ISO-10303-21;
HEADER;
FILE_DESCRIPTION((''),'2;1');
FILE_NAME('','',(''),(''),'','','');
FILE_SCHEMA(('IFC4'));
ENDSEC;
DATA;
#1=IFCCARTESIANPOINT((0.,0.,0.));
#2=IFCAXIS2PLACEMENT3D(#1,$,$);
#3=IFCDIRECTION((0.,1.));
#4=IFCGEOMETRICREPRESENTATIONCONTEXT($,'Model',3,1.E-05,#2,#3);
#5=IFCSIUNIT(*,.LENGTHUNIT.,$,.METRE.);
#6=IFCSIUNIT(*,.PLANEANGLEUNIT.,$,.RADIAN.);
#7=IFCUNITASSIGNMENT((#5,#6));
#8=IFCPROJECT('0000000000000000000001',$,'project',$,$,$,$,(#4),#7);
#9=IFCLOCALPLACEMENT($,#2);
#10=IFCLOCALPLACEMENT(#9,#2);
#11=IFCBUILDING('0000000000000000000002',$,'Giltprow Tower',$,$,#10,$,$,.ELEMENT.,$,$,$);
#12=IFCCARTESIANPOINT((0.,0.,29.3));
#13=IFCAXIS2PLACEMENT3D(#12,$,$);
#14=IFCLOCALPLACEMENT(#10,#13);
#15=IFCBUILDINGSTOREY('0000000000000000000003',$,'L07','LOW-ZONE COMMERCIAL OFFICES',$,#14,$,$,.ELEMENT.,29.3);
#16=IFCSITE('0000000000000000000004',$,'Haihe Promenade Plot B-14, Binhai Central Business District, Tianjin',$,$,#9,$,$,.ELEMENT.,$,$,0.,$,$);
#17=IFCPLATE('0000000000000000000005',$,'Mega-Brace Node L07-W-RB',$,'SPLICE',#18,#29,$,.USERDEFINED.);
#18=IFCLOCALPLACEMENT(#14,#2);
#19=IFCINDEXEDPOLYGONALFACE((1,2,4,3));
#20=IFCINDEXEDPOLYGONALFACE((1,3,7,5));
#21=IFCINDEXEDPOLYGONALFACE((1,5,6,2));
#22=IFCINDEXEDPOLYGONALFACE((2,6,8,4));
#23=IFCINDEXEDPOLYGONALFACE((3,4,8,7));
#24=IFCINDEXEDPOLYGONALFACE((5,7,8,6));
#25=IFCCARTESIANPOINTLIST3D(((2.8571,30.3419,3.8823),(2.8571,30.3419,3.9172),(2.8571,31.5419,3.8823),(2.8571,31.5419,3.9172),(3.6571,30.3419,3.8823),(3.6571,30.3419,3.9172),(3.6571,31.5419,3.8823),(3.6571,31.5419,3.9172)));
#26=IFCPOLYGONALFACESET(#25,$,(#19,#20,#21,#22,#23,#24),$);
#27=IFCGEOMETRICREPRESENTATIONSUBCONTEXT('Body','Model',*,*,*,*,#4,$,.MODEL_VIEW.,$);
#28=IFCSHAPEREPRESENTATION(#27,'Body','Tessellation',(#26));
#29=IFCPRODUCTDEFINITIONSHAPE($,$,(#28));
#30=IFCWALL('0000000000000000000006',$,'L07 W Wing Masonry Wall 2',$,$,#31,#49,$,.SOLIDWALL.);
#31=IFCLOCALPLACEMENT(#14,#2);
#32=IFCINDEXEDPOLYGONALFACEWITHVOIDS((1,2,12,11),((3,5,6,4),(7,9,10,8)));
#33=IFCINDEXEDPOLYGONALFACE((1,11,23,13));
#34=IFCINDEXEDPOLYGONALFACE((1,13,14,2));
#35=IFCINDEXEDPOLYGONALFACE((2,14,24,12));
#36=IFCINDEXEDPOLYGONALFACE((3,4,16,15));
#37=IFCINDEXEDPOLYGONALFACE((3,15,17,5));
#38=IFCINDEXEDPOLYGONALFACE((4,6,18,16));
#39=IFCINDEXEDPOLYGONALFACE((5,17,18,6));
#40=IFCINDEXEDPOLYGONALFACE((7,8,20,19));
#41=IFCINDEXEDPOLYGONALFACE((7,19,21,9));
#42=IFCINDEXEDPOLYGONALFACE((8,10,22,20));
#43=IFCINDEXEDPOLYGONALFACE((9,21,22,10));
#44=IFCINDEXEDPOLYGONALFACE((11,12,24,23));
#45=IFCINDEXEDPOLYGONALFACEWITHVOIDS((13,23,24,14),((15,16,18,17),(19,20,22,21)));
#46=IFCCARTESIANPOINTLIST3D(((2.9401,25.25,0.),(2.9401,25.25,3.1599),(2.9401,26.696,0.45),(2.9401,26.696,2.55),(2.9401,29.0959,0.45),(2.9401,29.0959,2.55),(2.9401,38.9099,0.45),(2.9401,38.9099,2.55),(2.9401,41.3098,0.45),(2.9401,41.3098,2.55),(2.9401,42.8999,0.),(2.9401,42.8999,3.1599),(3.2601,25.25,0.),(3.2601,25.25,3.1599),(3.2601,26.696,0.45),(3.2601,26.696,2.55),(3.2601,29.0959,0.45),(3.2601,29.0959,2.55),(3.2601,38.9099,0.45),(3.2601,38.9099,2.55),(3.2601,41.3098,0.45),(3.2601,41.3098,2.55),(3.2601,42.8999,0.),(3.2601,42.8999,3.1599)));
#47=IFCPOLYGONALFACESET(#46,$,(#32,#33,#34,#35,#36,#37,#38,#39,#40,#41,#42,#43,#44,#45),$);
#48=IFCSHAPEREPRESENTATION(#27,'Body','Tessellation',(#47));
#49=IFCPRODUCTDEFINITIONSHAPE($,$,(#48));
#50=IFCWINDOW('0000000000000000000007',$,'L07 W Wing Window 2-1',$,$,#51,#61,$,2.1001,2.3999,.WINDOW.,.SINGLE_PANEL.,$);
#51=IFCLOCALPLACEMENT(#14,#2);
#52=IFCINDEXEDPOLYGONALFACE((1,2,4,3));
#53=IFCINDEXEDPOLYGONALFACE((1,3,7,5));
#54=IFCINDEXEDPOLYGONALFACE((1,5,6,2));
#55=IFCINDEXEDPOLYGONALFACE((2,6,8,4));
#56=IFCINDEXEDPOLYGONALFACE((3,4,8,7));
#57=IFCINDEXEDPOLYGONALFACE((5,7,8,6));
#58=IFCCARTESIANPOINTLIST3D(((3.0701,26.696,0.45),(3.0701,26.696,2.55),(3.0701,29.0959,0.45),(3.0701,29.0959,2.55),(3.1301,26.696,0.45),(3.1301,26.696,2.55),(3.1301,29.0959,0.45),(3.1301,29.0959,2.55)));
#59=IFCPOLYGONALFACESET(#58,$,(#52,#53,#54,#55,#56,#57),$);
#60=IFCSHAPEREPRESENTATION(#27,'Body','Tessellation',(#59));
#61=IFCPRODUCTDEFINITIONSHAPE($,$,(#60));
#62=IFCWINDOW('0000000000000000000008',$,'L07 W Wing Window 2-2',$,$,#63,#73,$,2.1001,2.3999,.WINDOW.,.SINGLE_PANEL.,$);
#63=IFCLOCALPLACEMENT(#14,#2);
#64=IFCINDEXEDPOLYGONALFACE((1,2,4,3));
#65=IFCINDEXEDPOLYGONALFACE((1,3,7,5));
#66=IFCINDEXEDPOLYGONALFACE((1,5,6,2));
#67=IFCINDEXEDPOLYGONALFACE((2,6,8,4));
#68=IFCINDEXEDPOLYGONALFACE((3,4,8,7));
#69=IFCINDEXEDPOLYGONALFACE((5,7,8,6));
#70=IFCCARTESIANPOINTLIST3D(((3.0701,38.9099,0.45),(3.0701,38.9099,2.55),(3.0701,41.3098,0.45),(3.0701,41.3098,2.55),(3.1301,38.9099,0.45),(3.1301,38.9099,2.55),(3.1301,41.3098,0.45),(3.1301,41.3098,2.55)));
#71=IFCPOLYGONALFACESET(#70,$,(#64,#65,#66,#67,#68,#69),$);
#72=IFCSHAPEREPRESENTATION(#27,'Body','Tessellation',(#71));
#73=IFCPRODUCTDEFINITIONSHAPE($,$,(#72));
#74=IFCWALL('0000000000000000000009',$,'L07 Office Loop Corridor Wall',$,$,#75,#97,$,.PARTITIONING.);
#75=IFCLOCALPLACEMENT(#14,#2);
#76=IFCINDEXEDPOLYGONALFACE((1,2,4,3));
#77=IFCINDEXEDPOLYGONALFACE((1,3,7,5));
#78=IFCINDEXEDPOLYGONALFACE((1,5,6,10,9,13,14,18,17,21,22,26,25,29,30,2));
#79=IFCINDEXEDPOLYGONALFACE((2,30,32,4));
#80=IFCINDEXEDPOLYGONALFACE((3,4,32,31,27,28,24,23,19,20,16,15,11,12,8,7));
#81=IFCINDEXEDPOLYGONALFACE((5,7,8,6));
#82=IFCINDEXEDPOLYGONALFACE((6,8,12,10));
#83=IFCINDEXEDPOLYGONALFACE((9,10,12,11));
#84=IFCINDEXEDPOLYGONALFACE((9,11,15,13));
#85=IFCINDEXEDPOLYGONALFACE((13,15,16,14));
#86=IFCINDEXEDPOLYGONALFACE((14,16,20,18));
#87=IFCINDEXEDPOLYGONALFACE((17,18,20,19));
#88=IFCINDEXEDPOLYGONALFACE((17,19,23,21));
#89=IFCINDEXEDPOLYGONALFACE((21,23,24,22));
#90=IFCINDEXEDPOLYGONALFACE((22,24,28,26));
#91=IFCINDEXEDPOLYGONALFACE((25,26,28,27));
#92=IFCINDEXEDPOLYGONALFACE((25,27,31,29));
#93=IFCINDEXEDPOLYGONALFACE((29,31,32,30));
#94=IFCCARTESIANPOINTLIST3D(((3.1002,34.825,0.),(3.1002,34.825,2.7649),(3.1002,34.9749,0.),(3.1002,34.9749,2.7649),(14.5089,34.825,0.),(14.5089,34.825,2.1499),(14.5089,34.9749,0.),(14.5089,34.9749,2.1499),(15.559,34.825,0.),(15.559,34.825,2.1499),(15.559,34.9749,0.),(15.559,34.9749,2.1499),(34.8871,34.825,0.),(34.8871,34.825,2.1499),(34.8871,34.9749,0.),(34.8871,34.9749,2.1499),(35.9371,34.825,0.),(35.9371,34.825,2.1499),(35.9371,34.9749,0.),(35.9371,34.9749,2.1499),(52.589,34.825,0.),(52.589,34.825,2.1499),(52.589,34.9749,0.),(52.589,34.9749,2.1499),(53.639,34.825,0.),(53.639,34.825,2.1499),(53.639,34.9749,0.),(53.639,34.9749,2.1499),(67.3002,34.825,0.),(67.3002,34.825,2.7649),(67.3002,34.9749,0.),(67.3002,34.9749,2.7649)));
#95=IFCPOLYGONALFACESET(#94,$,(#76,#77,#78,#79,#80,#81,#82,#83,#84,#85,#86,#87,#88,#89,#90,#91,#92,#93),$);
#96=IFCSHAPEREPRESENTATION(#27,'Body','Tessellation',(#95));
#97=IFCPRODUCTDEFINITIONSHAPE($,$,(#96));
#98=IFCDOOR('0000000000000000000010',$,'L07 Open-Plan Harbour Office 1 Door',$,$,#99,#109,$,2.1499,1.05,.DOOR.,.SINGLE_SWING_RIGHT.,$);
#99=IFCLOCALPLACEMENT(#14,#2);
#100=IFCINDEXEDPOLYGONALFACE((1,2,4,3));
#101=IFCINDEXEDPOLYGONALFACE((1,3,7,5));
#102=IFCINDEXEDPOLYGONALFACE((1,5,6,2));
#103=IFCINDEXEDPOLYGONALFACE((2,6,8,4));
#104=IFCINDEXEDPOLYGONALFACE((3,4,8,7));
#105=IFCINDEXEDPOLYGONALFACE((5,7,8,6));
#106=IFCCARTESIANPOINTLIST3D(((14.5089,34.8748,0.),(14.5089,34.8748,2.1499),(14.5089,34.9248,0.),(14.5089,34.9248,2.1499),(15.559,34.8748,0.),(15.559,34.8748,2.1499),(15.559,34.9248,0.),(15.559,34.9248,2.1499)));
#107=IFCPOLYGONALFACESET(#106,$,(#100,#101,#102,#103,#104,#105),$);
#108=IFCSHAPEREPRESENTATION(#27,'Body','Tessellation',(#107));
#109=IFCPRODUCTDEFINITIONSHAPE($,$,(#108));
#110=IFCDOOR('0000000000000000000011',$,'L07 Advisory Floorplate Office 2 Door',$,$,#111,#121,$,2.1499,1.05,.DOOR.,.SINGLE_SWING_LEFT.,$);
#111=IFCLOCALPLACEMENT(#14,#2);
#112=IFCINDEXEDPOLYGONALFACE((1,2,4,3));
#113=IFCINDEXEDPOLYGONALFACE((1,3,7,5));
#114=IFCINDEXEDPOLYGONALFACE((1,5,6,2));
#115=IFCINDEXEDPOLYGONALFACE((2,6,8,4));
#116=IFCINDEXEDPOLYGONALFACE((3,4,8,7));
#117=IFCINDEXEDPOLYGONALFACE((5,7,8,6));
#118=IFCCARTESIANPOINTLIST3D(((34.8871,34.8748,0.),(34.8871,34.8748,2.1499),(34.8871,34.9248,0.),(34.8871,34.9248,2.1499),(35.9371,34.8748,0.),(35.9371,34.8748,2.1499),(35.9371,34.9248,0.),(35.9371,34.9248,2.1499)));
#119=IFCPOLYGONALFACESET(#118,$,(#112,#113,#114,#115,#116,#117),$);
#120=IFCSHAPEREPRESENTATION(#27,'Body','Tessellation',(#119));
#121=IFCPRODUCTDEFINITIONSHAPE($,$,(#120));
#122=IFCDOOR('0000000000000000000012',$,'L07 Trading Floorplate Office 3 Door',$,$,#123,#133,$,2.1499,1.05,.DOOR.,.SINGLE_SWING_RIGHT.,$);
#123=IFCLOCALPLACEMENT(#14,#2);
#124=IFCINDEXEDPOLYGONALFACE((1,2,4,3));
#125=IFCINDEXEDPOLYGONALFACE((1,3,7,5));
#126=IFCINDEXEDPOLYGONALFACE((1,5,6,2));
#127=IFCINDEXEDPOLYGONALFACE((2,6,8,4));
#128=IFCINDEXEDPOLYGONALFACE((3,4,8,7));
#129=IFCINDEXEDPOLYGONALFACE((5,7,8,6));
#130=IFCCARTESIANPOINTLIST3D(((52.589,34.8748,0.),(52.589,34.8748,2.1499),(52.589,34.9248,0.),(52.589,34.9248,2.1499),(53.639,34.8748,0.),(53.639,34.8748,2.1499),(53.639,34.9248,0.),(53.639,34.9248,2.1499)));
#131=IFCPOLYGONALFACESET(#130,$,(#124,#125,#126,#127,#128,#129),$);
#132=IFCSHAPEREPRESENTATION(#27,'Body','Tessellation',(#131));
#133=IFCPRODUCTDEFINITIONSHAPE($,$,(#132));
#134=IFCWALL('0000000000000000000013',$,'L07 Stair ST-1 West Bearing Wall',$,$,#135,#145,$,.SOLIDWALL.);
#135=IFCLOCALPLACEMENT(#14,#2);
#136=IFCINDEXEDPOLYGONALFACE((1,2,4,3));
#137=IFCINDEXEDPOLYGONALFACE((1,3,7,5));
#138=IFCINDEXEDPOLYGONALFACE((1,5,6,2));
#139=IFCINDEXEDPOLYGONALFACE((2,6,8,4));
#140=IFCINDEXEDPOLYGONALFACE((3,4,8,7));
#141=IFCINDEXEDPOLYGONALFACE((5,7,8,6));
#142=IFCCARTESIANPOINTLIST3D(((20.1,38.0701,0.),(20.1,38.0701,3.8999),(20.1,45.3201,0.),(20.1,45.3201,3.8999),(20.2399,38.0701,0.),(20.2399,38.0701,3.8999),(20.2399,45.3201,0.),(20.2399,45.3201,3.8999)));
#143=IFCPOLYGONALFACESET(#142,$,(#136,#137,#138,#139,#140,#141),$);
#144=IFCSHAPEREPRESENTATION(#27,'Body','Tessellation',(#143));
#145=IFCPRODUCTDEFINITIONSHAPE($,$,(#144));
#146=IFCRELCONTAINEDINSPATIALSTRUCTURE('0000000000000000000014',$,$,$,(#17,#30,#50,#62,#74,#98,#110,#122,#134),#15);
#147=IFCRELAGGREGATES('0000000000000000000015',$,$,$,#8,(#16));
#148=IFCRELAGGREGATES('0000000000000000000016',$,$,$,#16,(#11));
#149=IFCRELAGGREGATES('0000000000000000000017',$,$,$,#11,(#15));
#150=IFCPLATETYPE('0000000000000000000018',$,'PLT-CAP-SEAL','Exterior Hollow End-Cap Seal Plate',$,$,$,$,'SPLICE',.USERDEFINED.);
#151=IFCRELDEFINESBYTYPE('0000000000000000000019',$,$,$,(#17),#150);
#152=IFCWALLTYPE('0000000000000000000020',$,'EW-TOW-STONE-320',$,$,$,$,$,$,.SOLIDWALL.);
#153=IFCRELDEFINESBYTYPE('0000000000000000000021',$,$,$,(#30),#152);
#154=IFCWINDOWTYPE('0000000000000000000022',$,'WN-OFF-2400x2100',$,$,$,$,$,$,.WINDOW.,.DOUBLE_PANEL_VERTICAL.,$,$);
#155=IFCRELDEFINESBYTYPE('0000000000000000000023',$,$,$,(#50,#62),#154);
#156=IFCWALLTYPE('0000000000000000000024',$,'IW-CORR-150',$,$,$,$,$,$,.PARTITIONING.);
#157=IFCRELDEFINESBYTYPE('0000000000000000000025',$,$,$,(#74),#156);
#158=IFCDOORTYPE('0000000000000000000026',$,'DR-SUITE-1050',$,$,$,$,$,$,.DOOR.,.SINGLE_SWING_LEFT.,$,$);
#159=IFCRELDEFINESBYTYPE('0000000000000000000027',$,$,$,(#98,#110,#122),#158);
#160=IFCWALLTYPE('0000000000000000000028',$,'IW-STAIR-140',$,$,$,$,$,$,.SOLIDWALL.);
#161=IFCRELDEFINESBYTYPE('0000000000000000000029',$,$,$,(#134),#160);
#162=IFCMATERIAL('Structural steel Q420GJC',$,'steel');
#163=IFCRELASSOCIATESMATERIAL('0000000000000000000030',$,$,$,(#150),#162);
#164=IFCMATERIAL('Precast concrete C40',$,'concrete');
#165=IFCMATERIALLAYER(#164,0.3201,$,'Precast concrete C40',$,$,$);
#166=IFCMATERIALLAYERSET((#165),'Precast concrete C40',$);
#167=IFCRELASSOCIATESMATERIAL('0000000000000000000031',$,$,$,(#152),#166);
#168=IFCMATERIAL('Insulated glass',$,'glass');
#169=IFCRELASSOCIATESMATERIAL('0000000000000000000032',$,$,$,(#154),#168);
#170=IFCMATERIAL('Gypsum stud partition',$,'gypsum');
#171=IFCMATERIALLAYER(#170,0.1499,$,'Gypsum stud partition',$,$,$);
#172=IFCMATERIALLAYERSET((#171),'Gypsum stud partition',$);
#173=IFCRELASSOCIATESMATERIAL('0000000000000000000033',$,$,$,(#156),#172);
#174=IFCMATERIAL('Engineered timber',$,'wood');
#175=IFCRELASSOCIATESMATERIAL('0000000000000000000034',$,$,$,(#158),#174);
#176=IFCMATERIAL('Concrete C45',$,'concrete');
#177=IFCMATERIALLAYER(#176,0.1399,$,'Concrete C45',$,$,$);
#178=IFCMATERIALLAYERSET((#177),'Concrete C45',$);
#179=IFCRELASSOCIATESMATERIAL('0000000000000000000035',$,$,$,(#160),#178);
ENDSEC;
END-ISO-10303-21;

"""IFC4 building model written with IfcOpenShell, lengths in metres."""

from ifc_helpers import new_model, si_unit, direction, frame, frame_2d, origin, origin_2d, place, context, subcontext, project, spatial, rectangle, extrude, source, transform, mapped, material, layer, layer_set, type_object, element, fill, save


model = new_model("IFC4")

# Units and contexts
model_context = context("Model", 3, precision=1e-05, world=origin(), true_north=direction((0.0, 1.0)))
body_context = subcontext(model_context, "Body", "Model", "MODEL_VIEW")
ifc_project = project(units=[si_unit("LENGTHUNIT", "METRE"), si_unit("PLANEANGLEUNIT", "RADIAN")], contexts=[model_context])

# Site, building, storey
site_placement = place(None, origin())
site = spatial("IfcSite", under=ifc_project, at=site_placement, Name="Haihe Promenade Plot B-14, Binhai Central Business District, Tianjin", CompositionType="ELEMENT", RefElevation=0.0)
building_placement = place(site_placement, origin())
building = spatial("IfcBuilding", under=site, at=building_placement, Name="Giltprow Tower", CompositionType="ELEMENT")
storey_placement = place(building_placement, frame((0.0, 0.0, 29.3)))
storey = spatial("IfcBuildingStorey", under=building, at=storey_placement, Name="L07", Description="LOW-ZONE COMMERCIAL OFFICES", CompositionType="ELEMENT", Elevation=29.3)

# Shared definitions
ifc_material_1 = material(Name="Structural steel Q420GJC", Category="steel")

# Plate
plate_type = type_object("IfcPlateType", Name="PLT-CAP-SEAL", Description="Exterior Hollow End-Cap Seal Plate", ElementType="SPLICE", PredefinedType="USERDEFINED", material=ifc_material_1)
shared_shape_1 = source(origin(), body_context, "Body", "SweptSolid", [
    extrude(rectangle(XDim=1.2, YDim=0.8, at=origin_2d()), origin(), (0.0, 0.0, 1.0), 0.0349),
])
plate_placement = place(storey_placement, frame((3.2571, 30.9419, 3.8823), z_axis=(0.0, 0.0, 1.0), x_axis=(0.0, 1.0, 0.0)))
element("IfcPlate", 1, at=plate_placement, inside=storey, type_object=plate_type, Name="Mega-Brace Node L07-W-RB", ObjectType="SPLICE", PredefinedType="USERDEFINED", context=body_context, shape_type="MappedRepresentation", body=[
    mapped(shared_shape_1, transform((0.0, 0.0, 0.0), x_axis=(1.0, 0.0, 0.0), y_axis=(0.0, 1.0, 0.0), z_axis=(0.0, 0.0, 1.0), scale=1.0)),
])

# Wall, openings, windows
ifc_material_2 = material(Name="Precast concrete C40", Category="concrete")
ifc_layer_1 = layer(ifc_material_2, 0.3201, Name="Precast concrete C40")
ifc_layer_set_1 = layer_set([ifc_layer_1], Name="Precast concrete C40")
wall_type_1 = type_object("IfcWallType", Name="EW-TOW-STONE-320", PredefinedType="SOLIDWALL", material=ifc_layer_set_1)
wall_1_placement = place(storey_placement, frame((3.1001, 25.25, 0.0), z_axis=(0.0, 0.0, 1.0), x_axis=(0.0, 1.0, 0.0)))
wall_1 = element("IfcWall", 2, at=wall_1_placement, inside=storey, type_object=wall_type_1, Name="L07 W Wing Masonry Wall 2", PredefinedType="SOLIDWALL", context=body_context, shape_type="SweptSolid", body=[
    extrude(rectangle(XDim=17.6499, YDim=0.3201, at=frame_2d((8.825, 0.0))), origin(), (0.0, 0.0, 1.0), 3.1599),
])
opening_1_placement = place(wall_1_placement, frame((1.446, 0.0, 0.45)))
opening_1 = element("IfcOpeningElement", 3, at=opening_1_placement, cuts=wall_1, PredefinedType="OPENING", context=body_context, shape_type="SweptSolid", body=[
    extrude(rectangle(XDim=2.3999, YDim=2.1001, at=frame_2d((1.2, 1.05))), frame((0.0, 0.1699, 0.0), z_axis=(0.0, -1.0, 0.0), x_axis=(1.0, 0.0, 0.0)), (0.0, 0.0, 1.0), 0.3401),
])
opening_2_placement = place(wall_1_placement, frame((13.6599, 0.0, 0.45)))
opening_2 = element("IfcOpeningElement", 4, at=opening_2_placement, cuts=wall_1, PredefinedType="OPENING", context=body_context, shape_type="SweptSolid", body=[
    extrude(rectangle(XDim=2.3999, YDim=2.1001, at=frame_2d((1.2, 1.05))), frame((0.0, 0.1699, 0.0), z_axis=(0.0, -1.0, 0.0), x_axis=(1.0, 0.0, 0.0)), (0.0, 0.0, 1.0), 0.3401),
])
ifc_material_3 = material(Name="Insulated glass", Category="glass")
window_type = type_object("IfcWindowType", Name="WN-OFF-2400x2100", PartitioningType="DOUBLE_PANEL_VERTICAL", PredefinedType="WINDOW", material=ifc_material_3)
shared_shape_2 = source(origin(), body_context, "Body", "SweptSolid", [
    extrude(rectangle(XDim=2.3999, YDim=2.1001, at=frame_2d((1.2, 1.05))), frame((0.0, 0.03, 0.0), z_axis=(0.0, -1.0, 0.0), x_axis=(1.0, 0.0, 0.0)), (0.0, 0.0, 1.0), 0.0601),
])
window_1_placement = place(opening_1_placement, origin())
window_1 = element("IfcWindow", 5, at=window_1_placement, inside=storey, type_object=window_type, Name="L07 W Wing Window 2-1", OverallHeight=2.1001, OverallWidth=2.3999, PartitioningType="SINGLE_PANEL", PredefinedType="WINDOW", context=body_context, shape_type="MappedRepresentation", body=[
    mapped(shared_shape_2, transform((0.0, 0.0, 0.0), x_axis=(1.0, 0.0, 0.0), y_axis=(0.0, 1.0, 0.0), z_axis=(0.0, 0.0, 1.0), scale=1.0)),
])
fill(opening_1, window_1)
window_2_placement = place(opening_2_placement, origin())
window_2 = element("IfcWindow", 6, at=window_2_placement, inside=storey, type_object=window_type, Name="L07 W Wing Window 2-2", OverallHeight=2.1001, OverallWidth=2.3999, PartitioningType="SINGLE_PANEL", PredefinedType="WINDOW", context=body_context, shape_type="MappedRepresentation", body=[
    mapped(shared_shape_2, transform((0.0, 0.0, 0.0), x_axis=(1.0, 0.0, 0.0), y_axis=(0.0, 1.0, 0.0), z_axis=(0.0, 0.0, 1.0), scale=1.0)),
])
fill(opening_2, window_2)

# Wall, openings, doors
ifc_material_4 = material(Name="Gypsum stud partition", Category="gypsum")
ifc_layer_2 = layer(ifc_material_4, 0.1499, Name="Gypsum stud partition")
ifc_layer_set_2 = layer_set([ifc_layer_2], Name="Gypsum stud partition")
wall_type_2 = type_object("IfcWallType", Name="IW-CORR-150", PredefinedType="PARTITIONING", material=ifc_layer_set_2)
wall_2_placement = place(storey_placement, frame((3.1001, 34.8999, 0.0), z_axis=(0.0, 0.0, 1.0), x_axis=(1.0, 0.0, 0.0)))
wall_2 = element("IfcWall", 7, at=wall_2_placement, inside=storey, type_object=wall_type_2, Name="L07 Office Loop Corridor Wall", PredefinedType="PARTITIONING", context=body_context, shape_type="SweptSolid", body=[
    extrude(rectangle(XDim=64.2, YDim=0.1499, at=frame_2d((32.1001, 0.0))), origin(), (0.0, 0.0, 1.0), 2.7649),
])
opening_3_placement = place(wall_2_placement, frame((11.4089, 0.0, 0.0)))
opening_3 = element("IfcOpeningElement", 8, at=opening_3_placement, cuts=wall_2, PredefinedType="OPENING", context=body_context, shape_type="SweptSolid", body=[
    extrude(rectangle(XDim=1.05, YDim=2.1499, at=frame_2d((0.5249, 1.075))), frame((0.0, 0.085, 0.0), z_axis=(0.0, -1.0, 0.0), x_axis=(1.0, 0.0, 0.0)), (0.0, 0.0, 1.0), 0.1699),
])
opening_4_placement = place(wall_2_placement, frame((31.7871, 0.0, 0.0)))
opening_4 = element("IfcOpeningElement", 9, at=opening_4_placement, cuts=wall_2, PredefinedType="OPENING", context=body_context, shape_type="SweptSolid", body=[
    extrude(rectangle(XDim=1.05, YDim=2.1499, at=frame_2d((0.5249, 1.075))), frame((0.0, 0.085, 0.0), z_axis=(0.0, -1.0, 0.0), x_axis=(1.0, 0.0, 0.0)), (0.0, 0.0, 1.0), 0.1699),
])
opening_5_placement = place(wall_2_placement, frame((49.489, 0.0, 0.0)))
opening_5 = element("IfcOpeningElement", 10, at=opening_5_placement, cuts=wall_2, PredefinedType="OPENING", context=body_context, shape_type="SweptSolid", body=[
    extrude(rectangle(XDim=1.05, YDim=2.1499, at=frame_2d((0.5249, 1.075))), frame((0.0, 0.085, 0.0), z_axis=(0.0, -1.0, 0.0), x_axis=(1.0, 0.0, 0.0)), (0.0, 0.0, 1.0), 0.1699),
])
ifc_material_5 = material(Name="Engineered timber", Category="wood")
door_type_1 = type_object("IfcDoorType", Name="DR-SUITE-1050", OperationType="SINGLE_SWING_LEFT", PredefinedType="DOOR", material=ifc_material_5)
shared_shape_3 = source(origin(), body_context, "Body", "SweptSolid", [
    extrude(rectangle(XDim=1.05, YDim=2.1499, at=frame_2d((0.5249, 1.075))), frame((0.0, 0.0249, 0.0), z_axis=(0.0, -1.0, 0.0), x_axis=(1.0, 0.0, 0.0)), (0.0, 0.0, 1.0), 0.05),
])
door_1_placement = place(opening_3_placement, origin())
door_1 = element("IfcDoor", 11, at=door_1_placement, inside=storey, type_object=door_type_1, Name="L07 Open-Plan Harbour Office 1 Door", OperationType="SINGLE_SWING_RIGHT", OverallHeight=2.1499, OverallWidth=1.05, PredefinedType="DOOR", context=body_context, shape_type="MappedRepresentation", body=[
    mapped(shared_shape_3, transform((0.0, 0.0, 0.0), x_axis=(1.0, 0.0, 0.0), y_axis=(0.0, 1.0, 0.0), z_axis=(0.0, 0.0, 1.0), scale=1.0)),
])
fill(opening_3, door_1)
door_2_placement = place(opening_4_placement, origin())
door_2 = element("IfcDoor", 12, at=door_2_placement, inside=storey, type_object=door_type_1, Name="L07 Advisory Floorplate Office 2 Door", OperationType="SINGLE_SWING_LEFT", OverallHeight=2.1499, OverallWidth=1.05, PredefinedType="DOOR", context=body_context, shape_type="MappedRepresentation", body=[
    mapped(shared_shape_3, transform((0.0, 0.0, 0.0), x_axis=(1.0, 0.0, 0.0), y_axis=(0.0, 1.0, 0.0), z_axis=(0.0, 0.0, 1.0), scale=1.0)),
])
fill(opening_4, door_2)
door_3_placement = place(opening_5_placement, origin())
door_3 = element("IfcDoor", 13, at=door_3_placement, inside=storey, type_object=door_type_1, Name="L07 Trading Floorplate Office 3 Door", OperationType="SINGLE_SWING_RIGHT", OverallHeight=2.1499, OverallWidth=1.05, PredefinedType="DOOR", context=body_context, shape_type="MappedRepresentation", body=[
    mapped(shared_shape_3, transform((0.0, 0.0, 0.0), x_axis=(1.0, 0.0, 0.0), y_axis=(0.0, 1.0, 0.0), z_axis=(0.0, 0.0, 1.0), scale=1.0)),
])
fill(opening_5, door_3)

# Wall
ifc_material_6 = material(Name="Concrete C45", Category="concrete")
ifc_layer_3 = layer(ifc_material_6, 0.1399, Name="Concrete C45")
ifc_layer_set_3 = layer_set([ifc_layer_3], Name="Concrete C45")
wall_type_3 = type_object("IfcWallType", Name="IW-STAIR-140", PredefinedType="SOLIDWALL", material=ifc_layer_set_3)
wall_3_placement = place(storey_placement, frame((20.1699, 38.0701, 0.0), z_axis=(0.0, 0.0, 1.0), x_axis=(0.0, 1.0, 0.0)))
element("IfcWall", 14, at=wall_3_placement, inside=storey, type_object=wall_type_3, Name="L07 Stair ST-1 West Bearing Wall", PredefinedType="SOLIDWALL", context=body_context, shape_type="SweptSolid", body=[
    extrude(rectangle(XDim=7.25, YDim=0.1399, at=frame_2d((3.625, 0.0))), origin(), (0.0, 0.0, 1.0), 3.8999),
])

save(model, "model.ifc")
